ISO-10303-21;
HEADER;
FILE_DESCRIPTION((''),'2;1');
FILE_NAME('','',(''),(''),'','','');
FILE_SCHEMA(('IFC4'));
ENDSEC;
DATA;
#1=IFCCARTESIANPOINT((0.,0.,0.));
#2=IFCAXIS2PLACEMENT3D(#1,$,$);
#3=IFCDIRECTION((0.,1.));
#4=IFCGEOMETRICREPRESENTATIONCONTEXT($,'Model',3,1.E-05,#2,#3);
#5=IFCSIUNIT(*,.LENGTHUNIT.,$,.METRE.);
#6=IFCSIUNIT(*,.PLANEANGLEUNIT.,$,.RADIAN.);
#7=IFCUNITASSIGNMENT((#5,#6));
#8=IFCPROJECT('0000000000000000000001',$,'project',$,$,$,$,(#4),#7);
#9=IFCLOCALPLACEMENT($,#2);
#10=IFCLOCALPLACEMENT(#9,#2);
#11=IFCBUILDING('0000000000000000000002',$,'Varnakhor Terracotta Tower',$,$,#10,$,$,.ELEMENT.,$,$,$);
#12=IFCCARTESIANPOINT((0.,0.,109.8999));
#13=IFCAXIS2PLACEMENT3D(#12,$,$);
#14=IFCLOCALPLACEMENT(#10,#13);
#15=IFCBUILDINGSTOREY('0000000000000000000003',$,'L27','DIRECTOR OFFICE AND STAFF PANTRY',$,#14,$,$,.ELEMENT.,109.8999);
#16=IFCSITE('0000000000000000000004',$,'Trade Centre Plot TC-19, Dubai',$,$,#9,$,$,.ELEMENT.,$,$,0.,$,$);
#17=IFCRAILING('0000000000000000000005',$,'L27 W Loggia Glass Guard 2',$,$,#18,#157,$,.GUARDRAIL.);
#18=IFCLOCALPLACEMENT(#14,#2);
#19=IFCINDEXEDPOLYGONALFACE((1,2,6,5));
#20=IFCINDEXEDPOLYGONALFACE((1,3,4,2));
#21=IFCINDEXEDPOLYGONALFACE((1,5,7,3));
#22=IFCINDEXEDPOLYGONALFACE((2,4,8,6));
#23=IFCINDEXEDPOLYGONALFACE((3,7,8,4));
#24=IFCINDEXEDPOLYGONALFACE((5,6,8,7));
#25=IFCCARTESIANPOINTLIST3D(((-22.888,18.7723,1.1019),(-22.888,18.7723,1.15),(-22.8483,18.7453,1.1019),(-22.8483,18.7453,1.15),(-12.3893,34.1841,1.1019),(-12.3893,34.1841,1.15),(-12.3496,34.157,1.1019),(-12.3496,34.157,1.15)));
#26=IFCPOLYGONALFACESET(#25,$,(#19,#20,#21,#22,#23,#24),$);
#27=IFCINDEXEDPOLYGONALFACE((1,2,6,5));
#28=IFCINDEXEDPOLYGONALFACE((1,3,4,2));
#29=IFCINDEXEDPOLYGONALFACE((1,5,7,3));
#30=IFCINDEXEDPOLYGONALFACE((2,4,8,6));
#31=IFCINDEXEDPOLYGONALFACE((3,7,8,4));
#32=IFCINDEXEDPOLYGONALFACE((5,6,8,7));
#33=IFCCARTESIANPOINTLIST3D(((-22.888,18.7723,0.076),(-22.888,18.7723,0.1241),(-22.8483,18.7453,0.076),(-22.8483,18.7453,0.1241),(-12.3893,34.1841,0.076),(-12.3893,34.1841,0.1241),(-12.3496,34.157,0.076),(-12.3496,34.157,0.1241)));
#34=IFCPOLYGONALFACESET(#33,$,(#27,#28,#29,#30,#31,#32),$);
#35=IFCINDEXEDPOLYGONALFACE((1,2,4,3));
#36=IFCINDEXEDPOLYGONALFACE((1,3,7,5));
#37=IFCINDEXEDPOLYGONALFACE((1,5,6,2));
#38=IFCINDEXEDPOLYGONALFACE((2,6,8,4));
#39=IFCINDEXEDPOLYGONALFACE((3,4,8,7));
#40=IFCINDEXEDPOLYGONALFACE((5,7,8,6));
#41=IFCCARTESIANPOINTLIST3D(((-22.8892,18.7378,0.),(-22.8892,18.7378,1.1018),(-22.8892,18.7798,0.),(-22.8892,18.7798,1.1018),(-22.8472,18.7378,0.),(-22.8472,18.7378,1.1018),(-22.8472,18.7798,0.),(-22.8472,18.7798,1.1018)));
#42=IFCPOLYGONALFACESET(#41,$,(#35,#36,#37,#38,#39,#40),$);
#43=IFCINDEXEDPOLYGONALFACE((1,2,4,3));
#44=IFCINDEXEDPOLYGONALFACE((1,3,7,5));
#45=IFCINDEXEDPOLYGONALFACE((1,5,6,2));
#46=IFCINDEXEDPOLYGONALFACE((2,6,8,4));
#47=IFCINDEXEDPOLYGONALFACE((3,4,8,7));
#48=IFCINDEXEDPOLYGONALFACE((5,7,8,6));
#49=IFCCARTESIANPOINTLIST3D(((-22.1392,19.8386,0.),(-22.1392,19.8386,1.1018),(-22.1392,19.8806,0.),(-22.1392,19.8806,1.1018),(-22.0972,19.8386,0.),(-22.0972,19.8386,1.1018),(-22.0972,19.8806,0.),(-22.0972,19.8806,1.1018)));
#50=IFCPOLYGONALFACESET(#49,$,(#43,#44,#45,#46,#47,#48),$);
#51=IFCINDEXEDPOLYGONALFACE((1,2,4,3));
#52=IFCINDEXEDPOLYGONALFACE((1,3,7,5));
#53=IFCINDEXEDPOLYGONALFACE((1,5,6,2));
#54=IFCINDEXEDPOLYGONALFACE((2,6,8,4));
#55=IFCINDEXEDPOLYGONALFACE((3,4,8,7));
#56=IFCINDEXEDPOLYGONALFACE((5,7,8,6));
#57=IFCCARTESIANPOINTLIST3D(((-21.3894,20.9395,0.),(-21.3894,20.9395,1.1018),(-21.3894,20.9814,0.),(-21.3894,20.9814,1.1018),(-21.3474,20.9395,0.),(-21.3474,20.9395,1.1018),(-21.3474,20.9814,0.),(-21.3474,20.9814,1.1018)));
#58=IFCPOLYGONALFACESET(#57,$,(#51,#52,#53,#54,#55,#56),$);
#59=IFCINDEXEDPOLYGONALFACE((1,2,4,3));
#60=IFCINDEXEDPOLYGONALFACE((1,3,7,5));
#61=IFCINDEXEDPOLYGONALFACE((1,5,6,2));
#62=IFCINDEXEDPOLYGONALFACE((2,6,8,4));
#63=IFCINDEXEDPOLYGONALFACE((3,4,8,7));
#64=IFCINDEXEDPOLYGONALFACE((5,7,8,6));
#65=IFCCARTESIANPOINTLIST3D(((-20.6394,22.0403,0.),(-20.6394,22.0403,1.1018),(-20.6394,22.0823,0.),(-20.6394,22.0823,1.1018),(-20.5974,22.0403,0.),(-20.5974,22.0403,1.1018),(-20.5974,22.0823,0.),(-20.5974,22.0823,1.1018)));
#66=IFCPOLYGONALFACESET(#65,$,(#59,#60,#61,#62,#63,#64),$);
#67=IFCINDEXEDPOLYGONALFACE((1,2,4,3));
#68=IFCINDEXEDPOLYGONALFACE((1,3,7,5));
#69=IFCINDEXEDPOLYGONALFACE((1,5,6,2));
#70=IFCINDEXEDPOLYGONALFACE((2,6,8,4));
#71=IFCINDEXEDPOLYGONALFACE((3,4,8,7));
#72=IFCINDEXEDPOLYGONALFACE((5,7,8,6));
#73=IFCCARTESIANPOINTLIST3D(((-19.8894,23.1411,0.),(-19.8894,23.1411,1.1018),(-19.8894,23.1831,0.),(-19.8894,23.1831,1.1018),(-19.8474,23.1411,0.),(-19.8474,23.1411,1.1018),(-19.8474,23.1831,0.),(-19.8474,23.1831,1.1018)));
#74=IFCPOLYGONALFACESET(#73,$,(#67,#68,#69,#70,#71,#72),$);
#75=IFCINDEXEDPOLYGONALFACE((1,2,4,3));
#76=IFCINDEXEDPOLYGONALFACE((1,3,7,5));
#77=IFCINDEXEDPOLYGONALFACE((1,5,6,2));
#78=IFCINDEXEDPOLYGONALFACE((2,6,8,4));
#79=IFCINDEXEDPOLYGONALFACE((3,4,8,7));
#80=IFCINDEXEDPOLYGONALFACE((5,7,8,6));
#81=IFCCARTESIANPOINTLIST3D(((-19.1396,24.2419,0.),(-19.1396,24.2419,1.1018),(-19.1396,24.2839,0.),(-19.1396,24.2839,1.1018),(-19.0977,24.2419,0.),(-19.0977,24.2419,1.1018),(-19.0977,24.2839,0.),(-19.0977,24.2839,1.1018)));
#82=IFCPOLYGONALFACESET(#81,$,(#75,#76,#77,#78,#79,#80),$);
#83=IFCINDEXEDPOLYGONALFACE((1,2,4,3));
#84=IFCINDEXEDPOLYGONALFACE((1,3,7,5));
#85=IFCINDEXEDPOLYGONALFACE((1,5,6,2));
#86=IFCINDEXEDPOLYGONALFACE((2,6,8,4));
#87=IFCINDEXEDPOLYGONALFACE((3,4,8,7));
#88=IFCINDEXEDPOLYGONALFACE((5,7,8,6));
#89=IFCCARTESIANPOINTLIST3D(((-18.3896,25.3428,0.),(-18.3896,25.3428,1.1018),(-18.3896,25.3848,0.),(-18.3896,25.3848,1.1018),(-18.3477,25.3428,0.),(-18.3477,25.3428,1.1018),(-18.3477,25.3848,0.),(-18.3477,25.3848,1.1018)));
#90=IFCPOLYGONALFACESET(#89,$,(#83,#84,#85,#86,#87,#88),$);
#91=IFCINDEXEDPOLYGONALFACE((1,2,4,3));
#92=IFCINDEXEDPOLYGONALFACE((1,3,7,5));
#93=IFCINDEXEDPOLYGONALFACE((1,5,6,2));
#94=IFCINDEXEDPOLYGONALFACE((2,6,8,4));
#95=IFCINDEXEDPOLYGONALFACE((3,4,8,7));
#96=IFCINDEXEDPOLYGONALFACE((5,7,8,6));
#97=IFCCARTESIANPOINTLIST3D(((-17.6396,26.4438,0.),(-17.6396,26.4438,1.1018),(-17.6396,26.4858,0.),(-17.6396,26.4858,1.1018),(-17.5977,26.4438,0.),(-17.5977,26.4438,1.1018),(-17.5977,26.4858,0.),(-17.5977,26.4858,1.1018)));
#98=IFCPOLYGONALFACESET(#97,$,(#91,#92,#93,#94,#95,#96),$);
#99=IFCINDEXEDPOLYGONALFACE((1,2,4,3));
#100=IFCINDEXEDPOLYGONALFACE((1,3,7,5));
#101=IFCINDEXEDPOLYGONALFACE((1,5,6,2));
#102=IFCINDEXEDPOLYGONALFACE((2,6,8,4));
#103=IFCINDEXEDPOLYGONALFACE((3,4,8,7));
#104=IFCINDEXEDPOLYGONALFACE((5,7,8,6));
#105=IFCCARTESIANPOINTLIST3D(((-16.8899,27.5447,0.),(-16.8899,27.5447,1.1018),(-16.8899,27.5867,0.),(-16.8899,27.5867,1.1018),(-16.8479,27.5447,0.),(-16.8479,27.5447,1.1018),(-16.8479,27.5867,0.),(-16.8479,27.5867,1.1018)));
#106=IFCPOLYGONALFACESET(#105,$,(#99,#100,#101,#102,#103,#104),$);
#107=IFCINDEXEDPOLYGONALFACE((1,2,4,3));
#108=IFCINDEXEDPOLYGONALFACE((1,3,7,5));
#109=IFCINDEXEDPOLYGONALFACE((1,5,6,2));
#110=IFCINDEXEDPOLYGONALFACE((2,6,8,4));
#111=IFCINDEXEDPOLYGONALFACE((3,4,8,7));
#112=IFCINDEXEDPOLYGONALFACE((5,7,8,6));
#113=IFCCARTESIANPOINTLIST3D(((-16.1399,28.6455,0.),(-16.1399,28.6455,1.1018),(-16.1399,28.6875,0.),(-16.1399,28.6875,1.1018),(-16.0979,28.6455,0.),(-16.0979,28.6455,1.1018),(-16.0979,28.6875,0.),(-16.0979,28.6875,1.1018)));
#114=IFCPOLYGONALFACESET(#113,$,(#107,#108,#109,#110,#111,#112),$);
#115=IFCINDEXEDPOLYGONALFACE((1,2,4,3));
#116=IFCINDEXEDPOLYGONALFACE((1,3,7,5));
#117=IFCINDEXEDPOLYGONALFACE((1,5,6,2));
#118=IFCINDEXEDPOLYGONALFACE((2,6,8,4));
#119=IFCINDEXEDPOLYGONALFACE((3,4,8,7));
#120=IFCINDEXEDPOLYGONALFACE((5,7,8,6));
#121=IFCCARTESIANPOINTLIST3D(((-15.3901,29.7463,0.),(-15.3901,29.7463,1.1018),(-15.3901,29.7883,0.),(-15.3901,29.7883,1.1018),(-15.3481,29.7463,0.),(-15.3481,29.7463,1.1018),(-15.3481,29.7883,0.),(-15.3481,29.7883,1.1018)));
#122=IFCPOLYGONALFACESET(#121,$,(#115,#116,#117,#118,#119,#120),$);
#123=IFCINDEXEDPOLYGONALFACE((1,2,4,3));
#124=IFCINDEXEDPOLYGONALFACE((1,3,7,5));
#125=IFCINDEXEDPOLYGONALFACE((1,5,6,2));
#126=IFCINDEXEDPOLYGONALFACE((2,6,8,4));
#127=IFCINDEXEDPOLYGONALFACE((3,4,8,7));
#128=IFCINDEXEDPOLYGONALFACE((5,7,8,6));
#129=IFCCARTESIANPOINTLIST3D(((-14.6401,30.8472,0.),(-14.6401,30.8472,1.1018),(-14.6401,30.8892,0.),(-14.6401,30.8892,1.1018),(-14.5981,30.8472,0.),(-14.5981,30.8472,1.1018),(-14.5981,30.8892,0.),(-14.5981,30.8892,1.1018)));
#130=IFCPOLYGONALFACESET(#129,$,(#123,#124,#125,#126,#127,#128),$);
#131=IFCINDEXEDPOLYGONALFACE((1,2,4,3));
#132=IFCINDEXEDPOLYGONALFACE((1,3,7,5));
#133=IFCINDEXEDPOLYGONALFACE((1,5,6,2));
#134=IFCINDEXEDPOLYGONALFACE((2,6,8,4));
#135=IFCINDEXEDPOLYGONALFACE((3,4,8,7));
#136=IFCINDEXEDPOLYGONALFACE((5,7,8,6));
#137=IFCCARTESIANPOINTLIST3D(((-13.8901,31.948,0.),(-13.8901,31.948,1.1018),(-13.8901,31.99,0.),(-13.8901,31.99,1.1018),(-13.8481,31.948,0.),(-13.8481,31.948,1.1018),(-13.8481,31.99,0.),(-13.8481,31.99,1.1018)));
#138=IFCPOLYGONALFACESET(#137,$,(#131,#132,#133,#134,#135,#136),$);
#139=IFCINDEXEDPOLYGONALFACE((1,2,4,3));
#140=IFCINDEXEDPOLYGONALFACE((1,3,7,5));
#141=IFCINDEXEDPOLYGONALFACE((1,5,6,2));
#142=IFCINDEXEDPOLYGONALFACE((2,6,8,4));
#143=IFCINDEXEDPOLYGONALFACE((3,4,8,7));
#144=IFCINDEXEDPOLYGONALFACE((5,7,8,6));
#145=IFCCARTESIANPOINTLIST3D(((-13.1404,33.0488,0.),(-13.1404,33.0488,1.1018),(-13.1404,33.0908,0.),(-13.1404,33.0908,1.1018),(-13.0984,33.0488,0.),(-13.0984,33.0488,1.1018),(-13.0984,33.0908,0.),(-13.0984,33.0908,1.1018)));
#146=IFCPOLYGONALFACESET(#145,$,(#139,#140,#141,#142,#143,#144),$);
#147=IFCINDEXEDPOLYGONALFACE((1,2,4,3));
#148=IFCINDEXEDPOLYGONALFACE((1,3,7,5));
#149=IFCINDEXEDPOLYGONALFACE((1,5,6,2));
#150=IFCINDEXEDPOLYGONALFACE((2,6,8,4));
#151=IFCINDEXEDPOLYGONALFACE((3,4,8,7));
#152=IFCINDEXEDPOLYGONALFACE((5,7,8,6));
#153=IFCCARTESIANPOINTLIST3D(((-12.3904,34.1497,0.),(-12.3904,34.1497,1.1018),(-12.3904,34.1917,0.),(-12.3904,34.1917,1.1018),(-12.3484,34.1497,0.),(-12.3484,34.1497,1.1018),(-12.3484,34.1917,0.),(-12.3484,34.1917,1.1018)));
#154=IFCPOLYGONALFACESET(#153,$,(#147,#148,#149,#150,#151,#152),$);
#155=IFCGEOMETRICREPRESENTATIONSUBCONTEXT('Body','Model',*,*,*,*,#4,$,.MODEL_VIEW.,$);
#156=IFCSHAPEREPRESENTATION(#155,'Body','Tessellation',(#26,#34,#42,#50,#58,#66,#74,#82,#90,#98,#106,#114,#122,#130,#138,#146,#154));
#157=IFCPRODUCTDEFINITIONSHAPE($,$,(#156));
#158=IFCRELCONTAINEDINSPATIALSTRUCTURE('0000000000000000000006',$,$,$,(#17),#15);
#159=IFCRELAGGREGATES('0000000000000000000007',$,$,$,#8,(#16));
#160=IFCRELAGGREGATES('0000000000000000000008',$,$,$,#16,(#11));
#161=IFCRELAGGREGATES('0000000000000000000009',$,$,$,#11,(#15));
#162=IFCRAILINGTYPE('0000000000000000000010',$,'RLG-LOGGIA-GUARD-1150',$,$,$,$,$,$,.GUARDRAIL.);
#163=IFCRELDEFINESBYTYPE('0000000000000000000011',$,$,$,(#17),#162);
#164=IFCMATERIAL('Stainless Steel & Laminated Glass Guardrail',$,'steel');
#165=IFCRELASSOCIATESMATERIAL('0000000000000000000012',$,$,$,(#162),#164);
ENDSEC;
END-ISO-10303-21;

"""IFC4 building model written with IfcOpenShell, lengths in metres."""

from ifc_helpers import new_model, si_unit, direction, frame, origin, origin_2d, place, context, subcontext, project, spatial, rectangle, extrude, material, type_object, element, save


model = new_model("IFC4")

# Units and contexts
model_context = context("Model", 3, precision=1e-05, world=origin(), true_north=direction((0.0, 1.0)))
body_context = subcontext(model_context, "Body", "Model", "MODEL_VIEW")
ifc_project = project(units=[si_unit("LENGTHUNIT", "METRE"), si_unit("PLANEANGLEUNIT", "RADIAN")], contexts=[model_context])

# Site, building, storey
site_placement = place(None, origin())
site = spatial("IfcSite", under=ifc_project, at=site_placement, Name="Trade Centre Plot TC-19, Dubai", CompositionType="ELEMENT", RefElevation=0.0)
building_placement = place(site_placement, origin())
building = spatial("IfcBuilding", under=site, at=building_placement, Name="Varnakhor Terracotta Tower", CompositionType="ELEMENT")
storey_placement = place(building_placement, frame((0.0, 0.0, 109.8999)))
storey = spatial("IfcBuildingStorey", under=building, at=storey_placement, Name="L27", Description="DIRECTOR OFFICE AND STAFF PANTRY", CompositionType="ELEMENT", Elevation=109.8999)

# Railing
ifc_material_1 = material(Name="Stainless Steel & Laminated Glass Guardrail", Category="steel")
railing_type = type_object("IfcRailingType", Name="RLG-LOGGIA-GUARD-1150", PredefinedType="GUARDRAIL", material=ifc_material_1)
railing_1_placement = place(storey_placement, frame((-22.8682, 18.7588, 0.0)))
element("IfcRailing", 1, at=railing_1_placement, inside=storey, type_object=railing_type, Name="L27 W Loggia Glass Guard 2", PredefinedType="GUARDRAIL", context=body_context, shape_type="SweptSolid", body=[
    extrude(rectangle(XDim=0.0481, YDim=0.0481, at=origin_2d()), frame((0.0, 0.0, 1.126), z_axis=(0.562996, 0.82646, 0.0), x_axis=(-0.82646, 0.562996, 0.0)), (0.0, 0.0, 1.0), 18.6479),
    extrude(rectangle(XDim=0.0481, YDim=0.0481, at=origin_2d()), frame((0.0, 0.0, 0.1001), z_axis=(0.562996, 0.82646, 0.0), x_axis=(-0.82646, 0.562996, 0.0)), (0.0, 0.0, 1.0), 18.6479),
    extrude(rectangle(XDim=0.042, YDim=0.042, at=origin_2d()), origin(), (0.0, 0.0, 1.0), 1.1018),
    extrude(rectangle(XDim=0.042, YDim=0.042, at=origin_2d()), frame((0.75, 1.1008, 0.0)), (0.0, 0.0, 1.0), 1.1018),
    extrude(rectangle(XDim=0.042, YDim=0.042, at=origin_2d()), frame((1.4998, 2.2017, 0.0)), (0.0, 0.0, 1.0), 1.1018),
    extrude(rectangle(XDim=0.042, YDim=0.042, at=origin_2d()), frame((2.2498, 3.3025, 0.0)), (0.0, 0.0, 1.0), 1.1018),
    extrude(rectangle(XDim=0.042, YDim=0.042, at=origin_2d()), frame((2.9998, 4.4033, 0.0)), (0.0, 0.0, 1.0), 1.1018),
    extrude(rectangle(XDim=0.042, YDim=0.042, at=origin_2d()), frame((3.7495, 5.5042, 0.0)), (0.0, 0.0, 1.0), 1.1018),
    extrude(rectangle(XDim=0.042, YDim=0.042, at=origin_2d()), frame((4.4995, 6.605, 0.0)), (0.0, 0.0, 1.0), 1.1018),
    extrude(rectangle(XDim=0.042, YDim=0.042, at=origin_2d()), frame((5.2495, 7.7061, 0.0)), (0.0, 0.0, 1.0), 1.1018),
    extrude(rectangle(XDim=0.042, YDim=0.042, at=origin_2d()), frame((5.9993, 8.8069, 0.0)), (0.0, 0.0, 1.0), 1.1018),
    extrude(rectangle(XDim=0.042, YDim=0.042, at=origin_2d()), frame((6.7493, 9.9077, 0.0)), (0.0, 0.0, 1.0), 1.1018),
    extrude(rectangle(XDim=0.042, YDim=0.042, at=origin_2d()), frame((7.499, 11.0085, 0.0)), (0.0, 0.0, 1.0), 1.1018),
    extrude(rectangle(XDim=0.042, YDim=0.042, at=origin_2d()), frame((8.249, 12.1094, 0.0)), (0.0, 0.0, 1.0), 1.1018),
    extrude(rectangle(XDim=0.042, YDim=0.042, at=origin_2d()), frame((8.999, 13.2102, 0.0)), (0.0, 0.0, 1.0), 1.1018),
    extrude(rectangle(XDim=0.042, YDim=0.042, at=origin_2d()), frame((9.7488, 14.311, 0.0)), (0.0, 0.0, 1.0), 1.1018),
    extrude(rectangle(XDim=0.042, YDim=0.042, at=origin_2d()), frame((10.4988, 15.4119, 0.0)), (0.0, 0.0, 1.0), 1.1018),
])

save(model, "model.ifc")
